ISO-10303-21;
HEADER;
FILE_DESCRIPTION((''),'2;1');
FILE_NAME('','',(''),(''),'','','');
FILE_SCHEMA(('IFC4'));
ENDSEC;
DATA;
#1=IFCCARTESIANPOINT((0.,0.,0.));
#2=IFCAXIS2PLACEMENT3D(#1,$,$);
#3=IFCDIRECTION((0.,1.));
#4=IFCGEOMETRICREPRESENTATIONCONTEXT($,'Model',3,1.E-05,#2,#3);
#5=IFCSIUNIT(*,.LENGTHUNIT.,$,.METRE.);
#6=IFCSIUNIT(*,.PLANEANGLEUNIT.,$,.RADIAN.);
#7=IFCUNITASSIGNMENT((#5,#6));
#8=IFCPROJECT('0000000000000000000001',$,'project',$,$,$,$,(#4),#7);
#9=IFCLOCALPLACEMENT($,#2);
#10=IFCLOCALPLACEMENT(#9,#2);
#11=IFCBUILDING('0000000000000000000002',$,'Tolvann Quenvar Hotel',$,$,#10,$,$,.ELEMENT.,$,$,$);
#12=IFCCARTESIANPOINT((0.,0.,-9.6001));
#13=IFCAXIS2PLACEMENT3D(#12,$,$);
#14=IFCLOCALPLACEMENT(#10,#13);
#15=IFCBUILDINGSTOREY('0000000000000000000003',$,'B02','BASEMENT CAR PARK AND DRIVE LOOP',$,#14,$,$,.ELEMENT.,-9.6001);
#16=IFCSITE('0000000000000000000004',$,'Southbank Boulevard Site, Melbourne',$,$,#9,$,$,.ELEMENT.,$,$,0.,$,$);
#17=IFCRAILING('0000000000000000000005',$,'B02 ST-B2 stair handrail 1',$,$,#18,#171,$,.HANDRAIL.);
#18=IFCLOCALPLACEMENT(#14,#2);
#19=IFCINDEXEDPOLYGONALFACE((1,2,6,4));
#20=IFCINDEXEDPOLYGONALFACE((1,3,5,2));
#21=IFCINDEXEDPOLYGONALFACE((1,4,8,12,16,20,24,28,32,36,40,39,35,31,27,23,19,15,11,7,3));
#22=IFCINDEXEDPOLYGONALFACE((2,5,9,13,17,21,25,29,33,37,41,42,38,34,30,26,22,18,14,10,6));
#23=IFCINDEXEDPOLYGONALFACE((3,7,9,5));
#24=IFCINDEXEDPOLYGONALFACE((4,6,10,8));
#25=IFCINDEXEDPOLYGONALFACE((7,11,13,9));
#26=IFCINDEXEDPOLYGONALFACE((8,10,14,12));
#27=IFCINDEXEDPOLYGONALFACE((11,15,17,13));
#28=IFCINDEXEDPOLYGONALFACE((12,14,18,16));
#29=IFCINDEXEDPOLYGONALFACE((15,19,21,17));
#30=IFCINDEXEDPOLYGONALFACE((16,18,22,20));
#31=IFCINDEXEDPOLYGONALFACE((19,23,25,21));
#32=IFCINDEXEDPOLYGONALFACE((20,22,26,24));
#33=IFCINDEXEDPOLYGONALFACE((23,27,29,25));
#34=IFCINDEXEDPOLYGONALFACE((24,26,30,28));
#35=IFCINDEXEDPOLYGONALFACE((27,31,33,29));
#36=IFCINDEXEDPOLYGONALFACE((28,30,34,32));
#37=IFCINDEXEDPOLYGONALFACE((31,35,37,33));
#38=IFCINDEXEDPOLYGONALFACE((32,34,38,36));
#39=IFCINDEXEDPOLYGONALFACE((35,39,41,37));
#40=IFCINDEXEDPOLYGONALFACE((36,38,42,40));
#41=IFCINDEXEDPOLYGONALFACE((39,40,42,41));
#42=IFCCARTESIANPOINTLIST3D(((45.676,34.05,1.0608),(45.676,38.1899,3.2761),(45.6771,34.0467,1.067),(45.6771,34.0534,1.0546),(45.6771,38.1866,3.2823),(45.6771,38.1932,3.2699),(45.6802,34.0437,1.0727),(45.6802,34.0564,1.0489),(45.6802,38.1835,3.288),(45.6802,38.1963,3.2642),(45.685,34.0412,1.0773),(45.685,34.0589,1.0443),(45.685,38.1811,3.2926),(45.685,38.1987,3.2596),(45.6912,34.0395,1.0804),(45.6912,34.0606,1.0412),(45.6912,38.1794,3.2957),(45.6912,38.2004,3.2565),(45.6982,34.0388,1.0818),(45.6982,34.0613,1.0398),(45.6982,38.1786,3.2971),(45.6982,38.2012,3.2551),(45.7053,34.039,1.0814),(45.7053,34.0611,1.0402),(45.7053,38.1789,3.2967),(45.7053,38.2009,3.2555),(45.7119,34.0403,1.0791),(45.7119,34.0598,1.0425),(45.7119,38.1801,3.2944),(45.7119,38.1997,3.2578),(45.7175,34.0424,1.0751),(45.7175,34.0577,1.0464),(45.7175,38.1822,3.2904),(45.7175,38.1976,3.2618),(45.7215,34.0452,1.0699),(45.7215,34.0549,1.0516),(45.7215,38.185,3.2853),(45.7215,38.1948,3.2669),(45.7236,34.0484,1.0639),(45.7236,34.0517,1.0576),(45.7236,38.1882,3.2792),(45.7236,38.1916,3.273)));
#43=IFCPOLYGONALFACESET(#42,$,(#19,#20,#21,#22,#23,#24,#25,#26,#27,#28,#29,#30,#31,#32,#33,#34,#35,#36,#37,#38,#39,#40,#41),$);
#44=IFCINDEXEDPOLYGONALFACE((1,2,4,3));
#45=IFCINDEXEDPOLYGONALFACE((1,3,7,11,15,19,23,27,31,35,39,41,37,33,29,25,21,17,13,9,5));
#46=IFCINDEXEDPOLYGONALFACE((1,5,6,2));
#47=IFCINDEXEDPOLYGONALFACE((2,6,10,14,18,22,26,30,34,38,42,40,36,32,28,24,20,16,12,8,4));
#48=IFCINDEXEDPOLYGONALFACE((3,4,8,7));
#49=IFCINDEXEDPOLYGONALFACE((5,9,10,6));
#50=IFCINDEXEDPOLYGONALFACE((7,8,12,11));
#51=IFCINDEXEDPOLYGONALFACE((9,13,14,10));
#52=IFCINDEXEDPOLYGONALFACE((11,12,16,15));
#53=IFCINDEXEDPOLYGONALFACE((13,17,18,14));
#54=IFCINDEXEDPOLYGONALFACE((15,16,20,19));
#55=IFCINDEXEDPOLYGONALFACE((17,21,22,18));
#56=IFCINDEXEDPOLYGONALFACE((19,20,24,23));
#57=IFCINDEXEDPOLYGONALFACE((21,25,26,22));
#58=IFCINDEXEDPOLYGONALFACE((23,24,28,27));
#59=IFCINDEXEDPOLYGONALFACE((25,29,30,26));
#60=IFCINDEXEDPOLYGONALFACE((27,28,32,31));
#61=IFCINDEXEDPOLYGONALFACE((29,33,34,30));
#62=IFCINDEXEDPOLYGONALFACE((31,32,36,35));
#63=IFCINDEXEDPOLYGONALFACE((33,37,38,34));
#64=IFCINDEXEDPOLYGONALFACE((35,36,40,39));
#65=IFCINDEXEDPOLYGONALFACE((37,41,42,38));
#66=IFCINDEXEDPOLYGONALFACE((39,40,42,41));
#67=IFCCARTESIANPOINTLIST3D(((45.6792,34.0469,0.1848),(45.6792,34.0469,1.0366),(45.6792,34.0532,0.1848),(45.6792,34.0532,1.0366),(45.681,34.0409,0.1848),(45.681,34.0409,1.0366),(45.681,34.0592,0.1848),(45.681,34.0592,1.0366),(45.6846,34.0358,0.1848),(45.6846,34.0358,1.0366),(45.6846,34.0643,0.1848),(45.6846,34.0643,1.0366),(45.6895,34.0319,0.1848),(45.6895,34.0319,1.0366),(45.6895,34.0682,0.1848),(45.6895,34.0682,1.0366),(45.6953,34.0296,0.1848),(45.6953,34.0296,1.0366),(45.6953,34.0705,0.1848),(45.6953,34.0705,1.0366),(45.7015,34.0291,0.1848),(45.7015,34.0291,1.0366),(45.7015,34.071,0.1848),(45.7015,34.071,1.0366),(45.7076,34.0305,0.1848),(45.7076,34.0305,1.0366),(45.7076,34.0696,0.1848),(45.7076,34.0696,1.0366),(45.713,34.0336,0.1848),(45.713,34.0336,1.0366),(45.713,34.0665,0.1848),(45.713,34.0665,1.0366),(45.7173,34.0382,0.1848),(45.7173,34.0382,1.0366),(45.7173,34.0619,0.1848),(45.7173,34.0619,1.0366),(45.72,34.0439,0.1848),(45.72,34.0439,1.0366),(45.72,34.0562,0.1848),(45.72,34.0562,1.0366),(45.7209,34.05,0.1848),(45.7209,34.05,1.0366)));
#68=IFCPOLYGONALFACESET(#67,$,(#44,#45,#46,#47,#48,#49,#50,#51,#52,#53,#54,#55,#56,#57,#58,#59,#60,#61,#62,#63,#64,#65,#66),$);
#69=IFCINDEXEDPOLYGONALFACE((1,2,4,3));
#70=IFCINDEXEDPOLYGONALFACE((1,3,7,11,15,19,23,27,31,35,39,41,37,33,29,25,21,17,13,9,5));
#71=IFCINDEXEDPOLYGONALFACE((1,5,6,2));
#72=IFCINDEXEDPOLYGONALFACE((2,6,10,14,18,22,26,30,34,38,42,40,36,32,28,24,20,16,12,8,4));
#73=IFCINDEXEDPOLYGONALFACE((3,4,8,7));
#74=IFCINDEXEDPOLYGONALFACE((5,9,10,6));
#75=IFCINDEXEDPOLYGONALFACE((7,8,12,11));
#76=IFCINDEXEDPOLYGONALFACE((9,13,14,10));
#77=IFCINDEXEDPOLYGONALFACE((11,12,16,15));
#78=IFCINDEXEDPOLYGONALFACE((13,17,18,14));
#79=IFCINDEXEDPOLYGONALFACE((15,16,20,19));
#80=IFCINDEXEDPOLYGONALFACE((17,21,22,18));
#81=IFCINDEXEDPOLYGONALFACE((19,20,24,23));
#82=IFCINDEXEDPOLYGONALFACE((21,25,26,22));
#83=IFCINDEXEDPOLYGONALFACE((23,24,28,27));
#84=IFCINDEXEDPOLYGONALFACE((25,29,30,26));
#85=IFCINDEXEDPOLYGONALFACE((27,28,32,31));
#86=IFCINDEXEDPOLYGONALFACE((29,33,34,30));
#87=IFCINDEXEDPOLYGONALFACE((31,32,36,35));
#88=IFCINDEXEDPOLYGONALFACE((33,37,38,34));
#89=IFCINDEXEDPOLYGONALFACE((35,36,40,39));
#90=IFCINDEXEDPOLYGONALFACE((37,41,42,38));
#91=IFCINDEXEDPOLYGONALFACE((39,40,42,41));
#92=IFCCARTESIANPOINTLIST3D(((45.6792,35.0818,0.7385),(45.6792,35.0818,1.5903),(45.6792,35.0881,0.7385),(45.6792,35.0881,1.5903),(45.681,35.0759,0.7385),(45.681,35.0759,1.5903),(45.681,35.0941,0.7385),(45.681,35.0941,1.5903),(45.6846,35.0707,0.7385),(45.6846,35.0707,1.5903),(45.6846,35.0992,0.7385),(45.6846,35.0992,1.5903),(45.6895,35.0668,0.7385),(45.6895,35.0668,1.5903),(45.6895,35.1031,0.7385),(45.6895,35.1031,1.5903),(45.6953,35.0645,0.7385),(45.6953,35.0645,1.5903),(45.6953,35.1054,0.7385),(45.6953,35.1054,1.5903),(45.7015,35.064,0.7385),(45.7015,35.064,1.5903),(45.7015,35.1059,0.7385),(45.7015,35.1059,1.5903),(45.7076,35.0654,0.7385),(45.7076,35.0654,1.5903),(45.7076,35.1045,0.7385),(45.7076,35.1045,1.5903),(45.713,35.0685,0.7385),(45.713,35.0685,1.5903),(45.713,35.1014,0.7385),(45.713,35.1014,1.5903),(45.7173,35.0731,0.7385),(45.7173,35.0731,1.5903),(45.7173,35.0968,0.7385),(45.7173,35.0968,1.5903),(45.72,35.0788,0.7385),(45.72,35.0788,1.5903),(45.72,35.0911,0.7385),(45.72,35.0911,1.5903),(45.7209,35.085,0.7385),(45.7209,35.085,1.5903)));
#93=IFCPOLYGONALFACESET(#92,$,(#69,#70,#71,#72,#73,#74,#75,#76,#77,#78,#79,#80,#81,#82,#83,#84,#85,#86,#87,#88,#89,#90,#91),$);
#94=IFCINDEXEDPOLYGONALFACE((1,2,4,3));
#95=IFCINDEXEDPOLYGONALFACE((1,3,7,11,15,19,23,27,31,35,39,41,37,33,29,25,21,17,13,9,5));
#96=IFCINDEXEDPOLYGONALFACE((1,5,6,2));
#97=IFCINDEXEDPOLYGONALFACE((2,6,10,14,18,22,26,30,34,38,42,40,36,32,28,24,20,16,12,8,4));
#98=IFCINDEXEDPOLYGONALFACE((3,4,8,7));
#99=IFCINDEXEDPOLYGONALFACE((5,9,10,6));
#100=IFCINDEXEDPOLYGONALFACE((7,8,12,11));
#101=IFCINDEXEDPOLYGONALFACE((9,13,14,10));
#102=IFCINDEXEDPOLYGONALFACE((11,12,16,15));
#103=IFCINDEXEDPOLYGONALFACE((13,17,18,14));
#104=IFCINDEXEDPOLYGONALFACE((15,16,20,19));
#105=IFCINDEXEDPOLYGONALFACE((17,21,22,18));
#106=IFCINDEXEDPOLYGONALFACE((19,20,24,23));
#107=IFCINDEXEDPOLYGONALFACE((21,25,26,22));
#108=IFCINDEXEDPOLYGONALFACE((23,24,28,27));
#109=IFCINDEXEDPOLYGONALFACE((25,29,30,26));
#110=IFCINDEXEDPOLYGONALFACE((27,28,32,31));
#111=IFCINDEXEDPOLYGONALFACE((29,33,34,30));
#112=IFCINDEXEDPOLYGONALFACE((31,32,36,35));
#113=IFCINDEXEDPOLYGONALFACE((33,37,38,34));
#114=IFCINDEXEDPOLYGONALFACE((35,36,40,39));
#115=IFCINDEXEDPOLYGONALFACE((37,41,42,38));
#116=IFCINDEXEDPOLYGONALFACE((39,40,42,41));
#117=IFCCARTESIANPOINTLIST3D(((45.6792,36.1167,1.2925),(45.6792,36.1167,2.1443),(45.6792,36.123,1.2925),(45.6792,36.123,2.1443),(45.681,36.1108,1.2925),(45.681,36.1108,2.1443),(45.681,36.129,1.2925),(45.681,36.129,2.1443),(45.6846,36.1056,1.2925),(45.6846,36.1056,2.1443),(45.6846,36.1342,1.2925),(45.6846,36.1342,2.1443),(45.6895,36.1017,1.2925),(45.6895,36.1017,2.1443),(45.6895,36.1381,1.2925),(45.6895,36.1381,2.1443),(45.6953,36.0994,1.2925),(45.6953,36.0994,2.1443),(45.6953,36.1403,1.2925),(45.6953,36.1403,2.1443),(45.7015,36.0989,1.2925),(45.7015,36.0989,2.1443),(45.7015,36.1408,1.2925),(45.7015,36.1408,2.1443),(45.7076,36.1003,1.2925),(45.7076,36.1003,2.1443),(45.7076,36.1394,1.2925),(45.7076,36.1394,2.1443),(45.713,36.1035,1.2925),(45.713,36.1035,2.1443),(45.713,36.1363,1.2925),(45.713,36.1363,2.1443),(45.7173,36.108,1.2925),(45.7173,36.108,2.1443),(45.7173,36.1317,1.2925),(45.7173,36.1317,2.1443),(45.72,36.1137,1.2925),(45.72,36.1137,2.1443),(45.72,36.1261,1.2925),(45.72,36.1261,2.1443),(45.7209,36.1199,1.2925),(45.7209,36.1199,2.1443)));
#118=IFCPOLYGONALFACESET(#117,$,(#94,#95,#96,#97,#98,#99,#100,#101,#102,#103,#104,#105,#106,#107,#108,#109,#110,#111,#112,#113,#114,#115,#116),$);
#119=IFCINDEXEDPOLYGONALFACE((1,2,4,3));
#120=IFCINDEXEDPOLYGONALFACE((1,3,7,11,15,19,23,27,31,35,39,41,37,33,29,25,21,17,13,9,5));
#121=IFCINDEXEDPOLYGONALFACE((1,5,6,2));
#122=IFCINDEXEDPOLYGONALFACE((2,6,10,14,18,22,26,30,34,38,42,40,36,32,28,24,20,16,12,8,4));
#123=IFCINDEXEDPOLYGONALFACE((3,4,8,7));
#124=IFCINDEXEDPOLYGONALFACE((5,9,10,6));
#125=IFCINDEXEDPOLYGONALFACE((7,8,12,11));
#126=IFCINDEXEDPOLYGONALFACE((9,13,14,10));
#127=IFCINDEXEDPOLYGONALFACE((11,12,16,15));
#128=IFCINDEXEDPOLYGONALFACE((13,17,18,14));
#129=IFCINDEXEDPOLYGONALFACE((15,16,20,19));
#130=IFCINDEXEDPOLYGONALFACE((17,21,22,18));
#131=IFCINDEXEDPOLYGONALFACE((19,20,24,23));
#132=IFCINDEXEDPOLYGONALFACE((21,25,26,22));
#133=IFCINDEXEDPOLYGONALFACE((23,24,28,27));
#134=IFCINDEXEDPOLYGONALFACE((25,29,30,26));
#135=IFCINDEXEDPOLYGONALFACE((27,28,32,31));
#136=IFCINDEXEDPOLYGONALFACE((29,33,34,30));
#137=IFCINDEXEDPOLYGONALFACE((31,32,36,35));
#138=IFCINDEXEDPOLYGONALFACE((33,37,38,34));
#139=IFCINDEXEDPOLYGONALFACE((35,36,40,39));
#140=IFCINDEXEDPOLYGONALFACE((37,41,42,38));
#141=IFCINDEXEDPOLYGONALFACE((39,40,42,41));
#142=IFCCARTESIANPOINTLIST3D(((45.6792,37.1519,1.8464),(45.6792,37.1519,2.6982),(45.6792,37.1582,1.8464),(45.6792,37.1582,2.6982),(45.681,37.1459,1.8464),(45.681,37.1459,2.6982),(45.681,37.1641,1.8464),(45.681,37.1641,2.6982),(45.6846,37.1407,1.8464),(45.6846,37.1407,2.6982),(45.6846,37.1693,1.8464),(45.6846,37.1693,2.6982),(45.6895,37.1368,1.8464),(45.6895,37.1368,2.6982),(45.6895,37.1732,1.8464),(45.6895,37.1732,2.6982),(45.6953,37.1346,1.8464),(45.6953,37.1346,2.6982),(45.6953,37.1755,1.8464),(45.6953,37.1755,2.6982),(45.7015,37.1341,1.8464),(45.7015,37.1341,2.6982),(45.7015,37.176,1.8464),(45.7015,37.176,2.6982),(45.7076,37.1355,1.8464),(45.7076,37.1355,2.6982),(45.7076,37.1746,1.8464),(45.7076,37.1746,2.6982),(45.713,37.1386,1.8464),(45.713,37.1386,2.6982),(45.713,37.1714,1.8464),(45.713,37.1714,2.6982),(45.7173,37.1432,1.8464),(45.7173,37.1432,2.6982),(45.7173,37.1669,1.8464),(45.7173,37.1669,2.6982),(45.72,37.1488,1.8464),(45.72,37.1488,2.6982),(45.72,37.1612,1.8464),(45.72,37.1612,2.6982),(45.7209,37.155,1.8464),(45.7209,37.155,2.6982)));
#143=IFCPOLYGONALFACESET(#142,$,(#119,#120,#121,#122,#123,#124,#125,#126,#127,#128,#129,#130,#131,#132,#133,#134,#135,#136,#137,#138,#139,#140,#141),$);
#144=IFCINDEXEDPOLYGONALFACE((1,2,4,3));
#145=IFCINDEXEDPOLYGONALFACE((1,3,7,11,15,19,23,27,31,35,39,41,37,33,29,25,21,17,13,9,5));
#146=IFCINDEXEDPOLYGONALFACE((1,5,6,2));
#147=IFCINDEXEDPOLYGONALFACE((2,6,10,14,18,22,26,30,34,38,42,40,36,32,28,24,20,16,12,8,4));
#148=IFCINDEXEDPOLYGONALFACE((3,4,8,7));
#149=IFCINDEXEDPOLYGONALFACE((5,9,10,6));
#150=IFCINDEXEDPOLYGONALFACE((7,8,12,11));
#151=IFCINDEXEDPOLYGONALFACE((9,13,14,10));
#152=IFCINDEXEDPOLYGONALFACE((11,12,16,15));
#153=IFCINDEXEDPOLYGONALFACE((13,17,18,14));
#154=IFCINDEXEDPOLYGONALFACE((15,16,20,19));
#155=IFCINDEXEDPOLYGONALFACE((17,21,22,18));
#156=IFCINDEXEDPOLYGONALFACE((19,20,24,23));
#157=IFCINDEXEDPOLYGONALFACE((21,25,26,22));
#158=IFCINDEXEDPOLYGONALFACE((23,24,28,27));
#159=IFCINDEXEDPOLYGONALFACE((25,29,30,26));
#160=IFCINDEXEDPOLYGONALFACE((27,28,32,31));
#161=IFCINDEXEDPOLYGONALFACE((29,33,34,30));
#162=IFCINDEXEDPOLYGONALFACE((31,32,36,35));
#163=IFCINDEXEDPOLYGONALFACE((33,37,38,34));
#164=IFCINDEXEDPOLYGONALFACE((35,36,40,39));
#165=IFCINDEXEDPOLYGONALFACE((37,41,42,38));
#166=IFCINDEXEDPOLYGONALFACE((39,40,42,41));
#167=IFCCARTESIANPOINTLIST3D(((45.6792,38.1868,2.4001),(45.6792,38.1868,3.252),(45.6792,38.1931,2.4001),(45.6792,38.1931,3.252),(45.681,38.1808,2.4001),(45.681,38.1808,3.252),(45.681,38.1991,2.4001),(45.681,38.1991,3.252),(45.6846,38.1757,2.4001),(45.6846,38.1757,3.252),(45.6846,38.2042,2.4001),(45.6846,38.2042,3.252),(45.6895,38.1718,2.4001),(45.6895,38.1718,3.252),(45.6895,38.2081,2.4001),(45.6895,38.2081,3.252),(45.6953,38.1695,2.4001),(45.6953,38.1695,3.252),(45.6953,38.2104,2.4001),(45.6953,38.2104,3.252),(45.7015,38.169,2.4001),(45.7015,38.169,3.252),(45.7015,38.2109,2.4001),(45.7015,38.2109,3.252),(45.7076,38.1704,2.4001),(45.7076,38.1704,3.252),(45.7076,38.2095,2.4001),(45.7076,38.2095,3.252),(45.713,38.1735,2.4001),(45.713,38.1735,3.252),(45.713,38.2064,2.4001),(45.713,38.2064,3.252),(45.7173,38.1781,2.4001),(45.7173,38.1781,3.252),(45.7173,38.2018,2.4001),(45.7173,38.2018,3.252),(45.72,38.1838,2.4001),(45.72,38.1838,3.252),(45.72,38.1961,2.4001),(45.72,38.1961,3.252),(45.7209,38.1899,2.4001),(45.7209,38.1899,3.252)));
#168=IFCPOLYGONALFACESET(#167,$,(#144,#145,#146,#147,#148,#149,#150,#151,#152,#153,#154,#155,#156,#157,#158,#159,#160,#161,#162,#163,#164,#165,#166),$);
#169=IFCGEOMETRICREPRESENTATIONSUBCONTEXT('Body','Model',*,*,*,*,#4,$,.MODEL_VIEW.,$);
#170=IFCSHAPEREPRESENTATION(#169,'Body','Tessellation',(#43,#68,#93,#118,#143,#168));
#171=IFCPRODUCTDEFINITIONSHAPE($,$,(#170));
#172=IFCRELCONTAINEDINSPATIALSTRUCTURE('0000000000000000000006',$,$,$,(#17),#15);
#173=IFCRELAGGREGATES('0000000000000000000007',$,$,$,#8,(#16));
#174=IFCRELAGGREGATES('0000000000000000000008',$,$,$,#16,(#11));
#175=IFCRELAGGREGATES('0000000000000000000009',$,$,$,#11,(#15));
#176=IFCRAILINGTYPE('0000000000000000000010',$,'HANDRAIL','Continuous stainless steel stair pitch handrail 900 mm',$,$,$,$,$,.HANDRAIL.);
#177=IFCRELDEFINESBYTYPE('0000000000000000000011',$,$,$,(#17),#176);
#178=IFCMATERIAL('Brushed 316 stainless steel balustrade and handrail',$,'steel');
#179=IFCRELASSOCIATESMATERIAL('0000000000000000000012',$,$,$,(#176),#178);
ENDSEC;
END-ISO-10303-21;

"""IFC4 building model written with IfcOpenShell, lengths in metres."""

from ifc_helpers import new_model, si_unit, direction, frame, origin, origin_2d, place, context, subcontext, project, spatial, circle, extrude, material, type_object, element, save


model = new_model("IFC4")

# Units and contexts
model_context = context("Model", 3, precision=1e-05, world=origin(), true_north=direction((0.0, 1.0)))
body_context = subcontext(model_context, "Body", "Model", "MODEL_VIEW")
ifc_project = project(units=[si_unit("LENGTHUNIT", "METRE"), si_unit("PLANEANGLEUNIT", "RADIAN")], contexts=[model_context])

# Site, building, storey
site_placement = place(None, origin())
site = spatial("IfcSite", under=ifc_project, at=site_placement, Name="Southbank Boulevard Site, Melbourne", CompositionType="ELEMENT", RefElevation=0.0)
building_placement = place(site_placement, origin())
building = spatial("IfcBuilding", under=site, at=building_placement, Name="Tolvann Quenvar Hotel", CompositionType="ELEMENT")
storey_placement = place(building_placement, frame((0.0, 0.0, -9.6001)))
storey = spatial("IfcBuildingStorey", under=building, at=storey_placement, Name="B02", Description="BASEMENT CAR PARK AND DRIVE LOOP", CompositionType="ELEMENT", Elevation=-9.6001)

# Railing
ifc_material_1 = material(Name="Brushed 316 stainless steel balustrade and handrail", Category="steel")
railing_type_1 = type_object("IfcRailingType", Name="HANDRAIL", Description="Continuous stainless steel stair pitch handrail 900 mm", PredefinedType="HANDRAIL", material=ifc_material_1)
railing_1_placement = place(storey_placement, frame((45.7, 34.05, 0.1848)))
element("IfcRailing", 1, at=railing_1_placement, inside=storey, type_object=railing_type_1, Name="B02 ST-B2 stair handrail 1", PredefinedType="HANDRAIL", context=body_context, shape_type="SweptSolid", body=[
    extrude(circle(Radius=0.0239, at=origin_2d()), frame((0.0, 0.0, 0.876), z_axis=(0.0, 0.881699, 0.471813), x_axis=(-1.0, 0.0, 0.0)), (0.0, 0.0, 1.0), 4.6953),
    extrude(circle(Radius=0.021, at=origin_2d()), origin(), (0.0, 0.0, 1.0), 0.8518),
    extrude(circle(Radius=0.021, at=origin_2d()), frame((0.0, 1.0349, 0.5537)), (0.0, 0.0, 1.0), 0.8518),
    extrude(circle(Radius=0.021, at=origin_2d()), frame((0.0, 2.0698, 1.1077)), (0.0, 0.0, 1.0), 0.8518),
    extrude(circle(Radius=0.021, at=origin_2d()), frame((0.0, 3.105, 1.6616)), (0.0, 0.0, 1.0), 0.8518),
    extrude(circle(Radius=0.021, at=origin_2d()), frame((0.0, 4.1399, 2.2153)), (0.0, 0.0, 1.0), 0.8518),
])

save(model, "model.ifc")
